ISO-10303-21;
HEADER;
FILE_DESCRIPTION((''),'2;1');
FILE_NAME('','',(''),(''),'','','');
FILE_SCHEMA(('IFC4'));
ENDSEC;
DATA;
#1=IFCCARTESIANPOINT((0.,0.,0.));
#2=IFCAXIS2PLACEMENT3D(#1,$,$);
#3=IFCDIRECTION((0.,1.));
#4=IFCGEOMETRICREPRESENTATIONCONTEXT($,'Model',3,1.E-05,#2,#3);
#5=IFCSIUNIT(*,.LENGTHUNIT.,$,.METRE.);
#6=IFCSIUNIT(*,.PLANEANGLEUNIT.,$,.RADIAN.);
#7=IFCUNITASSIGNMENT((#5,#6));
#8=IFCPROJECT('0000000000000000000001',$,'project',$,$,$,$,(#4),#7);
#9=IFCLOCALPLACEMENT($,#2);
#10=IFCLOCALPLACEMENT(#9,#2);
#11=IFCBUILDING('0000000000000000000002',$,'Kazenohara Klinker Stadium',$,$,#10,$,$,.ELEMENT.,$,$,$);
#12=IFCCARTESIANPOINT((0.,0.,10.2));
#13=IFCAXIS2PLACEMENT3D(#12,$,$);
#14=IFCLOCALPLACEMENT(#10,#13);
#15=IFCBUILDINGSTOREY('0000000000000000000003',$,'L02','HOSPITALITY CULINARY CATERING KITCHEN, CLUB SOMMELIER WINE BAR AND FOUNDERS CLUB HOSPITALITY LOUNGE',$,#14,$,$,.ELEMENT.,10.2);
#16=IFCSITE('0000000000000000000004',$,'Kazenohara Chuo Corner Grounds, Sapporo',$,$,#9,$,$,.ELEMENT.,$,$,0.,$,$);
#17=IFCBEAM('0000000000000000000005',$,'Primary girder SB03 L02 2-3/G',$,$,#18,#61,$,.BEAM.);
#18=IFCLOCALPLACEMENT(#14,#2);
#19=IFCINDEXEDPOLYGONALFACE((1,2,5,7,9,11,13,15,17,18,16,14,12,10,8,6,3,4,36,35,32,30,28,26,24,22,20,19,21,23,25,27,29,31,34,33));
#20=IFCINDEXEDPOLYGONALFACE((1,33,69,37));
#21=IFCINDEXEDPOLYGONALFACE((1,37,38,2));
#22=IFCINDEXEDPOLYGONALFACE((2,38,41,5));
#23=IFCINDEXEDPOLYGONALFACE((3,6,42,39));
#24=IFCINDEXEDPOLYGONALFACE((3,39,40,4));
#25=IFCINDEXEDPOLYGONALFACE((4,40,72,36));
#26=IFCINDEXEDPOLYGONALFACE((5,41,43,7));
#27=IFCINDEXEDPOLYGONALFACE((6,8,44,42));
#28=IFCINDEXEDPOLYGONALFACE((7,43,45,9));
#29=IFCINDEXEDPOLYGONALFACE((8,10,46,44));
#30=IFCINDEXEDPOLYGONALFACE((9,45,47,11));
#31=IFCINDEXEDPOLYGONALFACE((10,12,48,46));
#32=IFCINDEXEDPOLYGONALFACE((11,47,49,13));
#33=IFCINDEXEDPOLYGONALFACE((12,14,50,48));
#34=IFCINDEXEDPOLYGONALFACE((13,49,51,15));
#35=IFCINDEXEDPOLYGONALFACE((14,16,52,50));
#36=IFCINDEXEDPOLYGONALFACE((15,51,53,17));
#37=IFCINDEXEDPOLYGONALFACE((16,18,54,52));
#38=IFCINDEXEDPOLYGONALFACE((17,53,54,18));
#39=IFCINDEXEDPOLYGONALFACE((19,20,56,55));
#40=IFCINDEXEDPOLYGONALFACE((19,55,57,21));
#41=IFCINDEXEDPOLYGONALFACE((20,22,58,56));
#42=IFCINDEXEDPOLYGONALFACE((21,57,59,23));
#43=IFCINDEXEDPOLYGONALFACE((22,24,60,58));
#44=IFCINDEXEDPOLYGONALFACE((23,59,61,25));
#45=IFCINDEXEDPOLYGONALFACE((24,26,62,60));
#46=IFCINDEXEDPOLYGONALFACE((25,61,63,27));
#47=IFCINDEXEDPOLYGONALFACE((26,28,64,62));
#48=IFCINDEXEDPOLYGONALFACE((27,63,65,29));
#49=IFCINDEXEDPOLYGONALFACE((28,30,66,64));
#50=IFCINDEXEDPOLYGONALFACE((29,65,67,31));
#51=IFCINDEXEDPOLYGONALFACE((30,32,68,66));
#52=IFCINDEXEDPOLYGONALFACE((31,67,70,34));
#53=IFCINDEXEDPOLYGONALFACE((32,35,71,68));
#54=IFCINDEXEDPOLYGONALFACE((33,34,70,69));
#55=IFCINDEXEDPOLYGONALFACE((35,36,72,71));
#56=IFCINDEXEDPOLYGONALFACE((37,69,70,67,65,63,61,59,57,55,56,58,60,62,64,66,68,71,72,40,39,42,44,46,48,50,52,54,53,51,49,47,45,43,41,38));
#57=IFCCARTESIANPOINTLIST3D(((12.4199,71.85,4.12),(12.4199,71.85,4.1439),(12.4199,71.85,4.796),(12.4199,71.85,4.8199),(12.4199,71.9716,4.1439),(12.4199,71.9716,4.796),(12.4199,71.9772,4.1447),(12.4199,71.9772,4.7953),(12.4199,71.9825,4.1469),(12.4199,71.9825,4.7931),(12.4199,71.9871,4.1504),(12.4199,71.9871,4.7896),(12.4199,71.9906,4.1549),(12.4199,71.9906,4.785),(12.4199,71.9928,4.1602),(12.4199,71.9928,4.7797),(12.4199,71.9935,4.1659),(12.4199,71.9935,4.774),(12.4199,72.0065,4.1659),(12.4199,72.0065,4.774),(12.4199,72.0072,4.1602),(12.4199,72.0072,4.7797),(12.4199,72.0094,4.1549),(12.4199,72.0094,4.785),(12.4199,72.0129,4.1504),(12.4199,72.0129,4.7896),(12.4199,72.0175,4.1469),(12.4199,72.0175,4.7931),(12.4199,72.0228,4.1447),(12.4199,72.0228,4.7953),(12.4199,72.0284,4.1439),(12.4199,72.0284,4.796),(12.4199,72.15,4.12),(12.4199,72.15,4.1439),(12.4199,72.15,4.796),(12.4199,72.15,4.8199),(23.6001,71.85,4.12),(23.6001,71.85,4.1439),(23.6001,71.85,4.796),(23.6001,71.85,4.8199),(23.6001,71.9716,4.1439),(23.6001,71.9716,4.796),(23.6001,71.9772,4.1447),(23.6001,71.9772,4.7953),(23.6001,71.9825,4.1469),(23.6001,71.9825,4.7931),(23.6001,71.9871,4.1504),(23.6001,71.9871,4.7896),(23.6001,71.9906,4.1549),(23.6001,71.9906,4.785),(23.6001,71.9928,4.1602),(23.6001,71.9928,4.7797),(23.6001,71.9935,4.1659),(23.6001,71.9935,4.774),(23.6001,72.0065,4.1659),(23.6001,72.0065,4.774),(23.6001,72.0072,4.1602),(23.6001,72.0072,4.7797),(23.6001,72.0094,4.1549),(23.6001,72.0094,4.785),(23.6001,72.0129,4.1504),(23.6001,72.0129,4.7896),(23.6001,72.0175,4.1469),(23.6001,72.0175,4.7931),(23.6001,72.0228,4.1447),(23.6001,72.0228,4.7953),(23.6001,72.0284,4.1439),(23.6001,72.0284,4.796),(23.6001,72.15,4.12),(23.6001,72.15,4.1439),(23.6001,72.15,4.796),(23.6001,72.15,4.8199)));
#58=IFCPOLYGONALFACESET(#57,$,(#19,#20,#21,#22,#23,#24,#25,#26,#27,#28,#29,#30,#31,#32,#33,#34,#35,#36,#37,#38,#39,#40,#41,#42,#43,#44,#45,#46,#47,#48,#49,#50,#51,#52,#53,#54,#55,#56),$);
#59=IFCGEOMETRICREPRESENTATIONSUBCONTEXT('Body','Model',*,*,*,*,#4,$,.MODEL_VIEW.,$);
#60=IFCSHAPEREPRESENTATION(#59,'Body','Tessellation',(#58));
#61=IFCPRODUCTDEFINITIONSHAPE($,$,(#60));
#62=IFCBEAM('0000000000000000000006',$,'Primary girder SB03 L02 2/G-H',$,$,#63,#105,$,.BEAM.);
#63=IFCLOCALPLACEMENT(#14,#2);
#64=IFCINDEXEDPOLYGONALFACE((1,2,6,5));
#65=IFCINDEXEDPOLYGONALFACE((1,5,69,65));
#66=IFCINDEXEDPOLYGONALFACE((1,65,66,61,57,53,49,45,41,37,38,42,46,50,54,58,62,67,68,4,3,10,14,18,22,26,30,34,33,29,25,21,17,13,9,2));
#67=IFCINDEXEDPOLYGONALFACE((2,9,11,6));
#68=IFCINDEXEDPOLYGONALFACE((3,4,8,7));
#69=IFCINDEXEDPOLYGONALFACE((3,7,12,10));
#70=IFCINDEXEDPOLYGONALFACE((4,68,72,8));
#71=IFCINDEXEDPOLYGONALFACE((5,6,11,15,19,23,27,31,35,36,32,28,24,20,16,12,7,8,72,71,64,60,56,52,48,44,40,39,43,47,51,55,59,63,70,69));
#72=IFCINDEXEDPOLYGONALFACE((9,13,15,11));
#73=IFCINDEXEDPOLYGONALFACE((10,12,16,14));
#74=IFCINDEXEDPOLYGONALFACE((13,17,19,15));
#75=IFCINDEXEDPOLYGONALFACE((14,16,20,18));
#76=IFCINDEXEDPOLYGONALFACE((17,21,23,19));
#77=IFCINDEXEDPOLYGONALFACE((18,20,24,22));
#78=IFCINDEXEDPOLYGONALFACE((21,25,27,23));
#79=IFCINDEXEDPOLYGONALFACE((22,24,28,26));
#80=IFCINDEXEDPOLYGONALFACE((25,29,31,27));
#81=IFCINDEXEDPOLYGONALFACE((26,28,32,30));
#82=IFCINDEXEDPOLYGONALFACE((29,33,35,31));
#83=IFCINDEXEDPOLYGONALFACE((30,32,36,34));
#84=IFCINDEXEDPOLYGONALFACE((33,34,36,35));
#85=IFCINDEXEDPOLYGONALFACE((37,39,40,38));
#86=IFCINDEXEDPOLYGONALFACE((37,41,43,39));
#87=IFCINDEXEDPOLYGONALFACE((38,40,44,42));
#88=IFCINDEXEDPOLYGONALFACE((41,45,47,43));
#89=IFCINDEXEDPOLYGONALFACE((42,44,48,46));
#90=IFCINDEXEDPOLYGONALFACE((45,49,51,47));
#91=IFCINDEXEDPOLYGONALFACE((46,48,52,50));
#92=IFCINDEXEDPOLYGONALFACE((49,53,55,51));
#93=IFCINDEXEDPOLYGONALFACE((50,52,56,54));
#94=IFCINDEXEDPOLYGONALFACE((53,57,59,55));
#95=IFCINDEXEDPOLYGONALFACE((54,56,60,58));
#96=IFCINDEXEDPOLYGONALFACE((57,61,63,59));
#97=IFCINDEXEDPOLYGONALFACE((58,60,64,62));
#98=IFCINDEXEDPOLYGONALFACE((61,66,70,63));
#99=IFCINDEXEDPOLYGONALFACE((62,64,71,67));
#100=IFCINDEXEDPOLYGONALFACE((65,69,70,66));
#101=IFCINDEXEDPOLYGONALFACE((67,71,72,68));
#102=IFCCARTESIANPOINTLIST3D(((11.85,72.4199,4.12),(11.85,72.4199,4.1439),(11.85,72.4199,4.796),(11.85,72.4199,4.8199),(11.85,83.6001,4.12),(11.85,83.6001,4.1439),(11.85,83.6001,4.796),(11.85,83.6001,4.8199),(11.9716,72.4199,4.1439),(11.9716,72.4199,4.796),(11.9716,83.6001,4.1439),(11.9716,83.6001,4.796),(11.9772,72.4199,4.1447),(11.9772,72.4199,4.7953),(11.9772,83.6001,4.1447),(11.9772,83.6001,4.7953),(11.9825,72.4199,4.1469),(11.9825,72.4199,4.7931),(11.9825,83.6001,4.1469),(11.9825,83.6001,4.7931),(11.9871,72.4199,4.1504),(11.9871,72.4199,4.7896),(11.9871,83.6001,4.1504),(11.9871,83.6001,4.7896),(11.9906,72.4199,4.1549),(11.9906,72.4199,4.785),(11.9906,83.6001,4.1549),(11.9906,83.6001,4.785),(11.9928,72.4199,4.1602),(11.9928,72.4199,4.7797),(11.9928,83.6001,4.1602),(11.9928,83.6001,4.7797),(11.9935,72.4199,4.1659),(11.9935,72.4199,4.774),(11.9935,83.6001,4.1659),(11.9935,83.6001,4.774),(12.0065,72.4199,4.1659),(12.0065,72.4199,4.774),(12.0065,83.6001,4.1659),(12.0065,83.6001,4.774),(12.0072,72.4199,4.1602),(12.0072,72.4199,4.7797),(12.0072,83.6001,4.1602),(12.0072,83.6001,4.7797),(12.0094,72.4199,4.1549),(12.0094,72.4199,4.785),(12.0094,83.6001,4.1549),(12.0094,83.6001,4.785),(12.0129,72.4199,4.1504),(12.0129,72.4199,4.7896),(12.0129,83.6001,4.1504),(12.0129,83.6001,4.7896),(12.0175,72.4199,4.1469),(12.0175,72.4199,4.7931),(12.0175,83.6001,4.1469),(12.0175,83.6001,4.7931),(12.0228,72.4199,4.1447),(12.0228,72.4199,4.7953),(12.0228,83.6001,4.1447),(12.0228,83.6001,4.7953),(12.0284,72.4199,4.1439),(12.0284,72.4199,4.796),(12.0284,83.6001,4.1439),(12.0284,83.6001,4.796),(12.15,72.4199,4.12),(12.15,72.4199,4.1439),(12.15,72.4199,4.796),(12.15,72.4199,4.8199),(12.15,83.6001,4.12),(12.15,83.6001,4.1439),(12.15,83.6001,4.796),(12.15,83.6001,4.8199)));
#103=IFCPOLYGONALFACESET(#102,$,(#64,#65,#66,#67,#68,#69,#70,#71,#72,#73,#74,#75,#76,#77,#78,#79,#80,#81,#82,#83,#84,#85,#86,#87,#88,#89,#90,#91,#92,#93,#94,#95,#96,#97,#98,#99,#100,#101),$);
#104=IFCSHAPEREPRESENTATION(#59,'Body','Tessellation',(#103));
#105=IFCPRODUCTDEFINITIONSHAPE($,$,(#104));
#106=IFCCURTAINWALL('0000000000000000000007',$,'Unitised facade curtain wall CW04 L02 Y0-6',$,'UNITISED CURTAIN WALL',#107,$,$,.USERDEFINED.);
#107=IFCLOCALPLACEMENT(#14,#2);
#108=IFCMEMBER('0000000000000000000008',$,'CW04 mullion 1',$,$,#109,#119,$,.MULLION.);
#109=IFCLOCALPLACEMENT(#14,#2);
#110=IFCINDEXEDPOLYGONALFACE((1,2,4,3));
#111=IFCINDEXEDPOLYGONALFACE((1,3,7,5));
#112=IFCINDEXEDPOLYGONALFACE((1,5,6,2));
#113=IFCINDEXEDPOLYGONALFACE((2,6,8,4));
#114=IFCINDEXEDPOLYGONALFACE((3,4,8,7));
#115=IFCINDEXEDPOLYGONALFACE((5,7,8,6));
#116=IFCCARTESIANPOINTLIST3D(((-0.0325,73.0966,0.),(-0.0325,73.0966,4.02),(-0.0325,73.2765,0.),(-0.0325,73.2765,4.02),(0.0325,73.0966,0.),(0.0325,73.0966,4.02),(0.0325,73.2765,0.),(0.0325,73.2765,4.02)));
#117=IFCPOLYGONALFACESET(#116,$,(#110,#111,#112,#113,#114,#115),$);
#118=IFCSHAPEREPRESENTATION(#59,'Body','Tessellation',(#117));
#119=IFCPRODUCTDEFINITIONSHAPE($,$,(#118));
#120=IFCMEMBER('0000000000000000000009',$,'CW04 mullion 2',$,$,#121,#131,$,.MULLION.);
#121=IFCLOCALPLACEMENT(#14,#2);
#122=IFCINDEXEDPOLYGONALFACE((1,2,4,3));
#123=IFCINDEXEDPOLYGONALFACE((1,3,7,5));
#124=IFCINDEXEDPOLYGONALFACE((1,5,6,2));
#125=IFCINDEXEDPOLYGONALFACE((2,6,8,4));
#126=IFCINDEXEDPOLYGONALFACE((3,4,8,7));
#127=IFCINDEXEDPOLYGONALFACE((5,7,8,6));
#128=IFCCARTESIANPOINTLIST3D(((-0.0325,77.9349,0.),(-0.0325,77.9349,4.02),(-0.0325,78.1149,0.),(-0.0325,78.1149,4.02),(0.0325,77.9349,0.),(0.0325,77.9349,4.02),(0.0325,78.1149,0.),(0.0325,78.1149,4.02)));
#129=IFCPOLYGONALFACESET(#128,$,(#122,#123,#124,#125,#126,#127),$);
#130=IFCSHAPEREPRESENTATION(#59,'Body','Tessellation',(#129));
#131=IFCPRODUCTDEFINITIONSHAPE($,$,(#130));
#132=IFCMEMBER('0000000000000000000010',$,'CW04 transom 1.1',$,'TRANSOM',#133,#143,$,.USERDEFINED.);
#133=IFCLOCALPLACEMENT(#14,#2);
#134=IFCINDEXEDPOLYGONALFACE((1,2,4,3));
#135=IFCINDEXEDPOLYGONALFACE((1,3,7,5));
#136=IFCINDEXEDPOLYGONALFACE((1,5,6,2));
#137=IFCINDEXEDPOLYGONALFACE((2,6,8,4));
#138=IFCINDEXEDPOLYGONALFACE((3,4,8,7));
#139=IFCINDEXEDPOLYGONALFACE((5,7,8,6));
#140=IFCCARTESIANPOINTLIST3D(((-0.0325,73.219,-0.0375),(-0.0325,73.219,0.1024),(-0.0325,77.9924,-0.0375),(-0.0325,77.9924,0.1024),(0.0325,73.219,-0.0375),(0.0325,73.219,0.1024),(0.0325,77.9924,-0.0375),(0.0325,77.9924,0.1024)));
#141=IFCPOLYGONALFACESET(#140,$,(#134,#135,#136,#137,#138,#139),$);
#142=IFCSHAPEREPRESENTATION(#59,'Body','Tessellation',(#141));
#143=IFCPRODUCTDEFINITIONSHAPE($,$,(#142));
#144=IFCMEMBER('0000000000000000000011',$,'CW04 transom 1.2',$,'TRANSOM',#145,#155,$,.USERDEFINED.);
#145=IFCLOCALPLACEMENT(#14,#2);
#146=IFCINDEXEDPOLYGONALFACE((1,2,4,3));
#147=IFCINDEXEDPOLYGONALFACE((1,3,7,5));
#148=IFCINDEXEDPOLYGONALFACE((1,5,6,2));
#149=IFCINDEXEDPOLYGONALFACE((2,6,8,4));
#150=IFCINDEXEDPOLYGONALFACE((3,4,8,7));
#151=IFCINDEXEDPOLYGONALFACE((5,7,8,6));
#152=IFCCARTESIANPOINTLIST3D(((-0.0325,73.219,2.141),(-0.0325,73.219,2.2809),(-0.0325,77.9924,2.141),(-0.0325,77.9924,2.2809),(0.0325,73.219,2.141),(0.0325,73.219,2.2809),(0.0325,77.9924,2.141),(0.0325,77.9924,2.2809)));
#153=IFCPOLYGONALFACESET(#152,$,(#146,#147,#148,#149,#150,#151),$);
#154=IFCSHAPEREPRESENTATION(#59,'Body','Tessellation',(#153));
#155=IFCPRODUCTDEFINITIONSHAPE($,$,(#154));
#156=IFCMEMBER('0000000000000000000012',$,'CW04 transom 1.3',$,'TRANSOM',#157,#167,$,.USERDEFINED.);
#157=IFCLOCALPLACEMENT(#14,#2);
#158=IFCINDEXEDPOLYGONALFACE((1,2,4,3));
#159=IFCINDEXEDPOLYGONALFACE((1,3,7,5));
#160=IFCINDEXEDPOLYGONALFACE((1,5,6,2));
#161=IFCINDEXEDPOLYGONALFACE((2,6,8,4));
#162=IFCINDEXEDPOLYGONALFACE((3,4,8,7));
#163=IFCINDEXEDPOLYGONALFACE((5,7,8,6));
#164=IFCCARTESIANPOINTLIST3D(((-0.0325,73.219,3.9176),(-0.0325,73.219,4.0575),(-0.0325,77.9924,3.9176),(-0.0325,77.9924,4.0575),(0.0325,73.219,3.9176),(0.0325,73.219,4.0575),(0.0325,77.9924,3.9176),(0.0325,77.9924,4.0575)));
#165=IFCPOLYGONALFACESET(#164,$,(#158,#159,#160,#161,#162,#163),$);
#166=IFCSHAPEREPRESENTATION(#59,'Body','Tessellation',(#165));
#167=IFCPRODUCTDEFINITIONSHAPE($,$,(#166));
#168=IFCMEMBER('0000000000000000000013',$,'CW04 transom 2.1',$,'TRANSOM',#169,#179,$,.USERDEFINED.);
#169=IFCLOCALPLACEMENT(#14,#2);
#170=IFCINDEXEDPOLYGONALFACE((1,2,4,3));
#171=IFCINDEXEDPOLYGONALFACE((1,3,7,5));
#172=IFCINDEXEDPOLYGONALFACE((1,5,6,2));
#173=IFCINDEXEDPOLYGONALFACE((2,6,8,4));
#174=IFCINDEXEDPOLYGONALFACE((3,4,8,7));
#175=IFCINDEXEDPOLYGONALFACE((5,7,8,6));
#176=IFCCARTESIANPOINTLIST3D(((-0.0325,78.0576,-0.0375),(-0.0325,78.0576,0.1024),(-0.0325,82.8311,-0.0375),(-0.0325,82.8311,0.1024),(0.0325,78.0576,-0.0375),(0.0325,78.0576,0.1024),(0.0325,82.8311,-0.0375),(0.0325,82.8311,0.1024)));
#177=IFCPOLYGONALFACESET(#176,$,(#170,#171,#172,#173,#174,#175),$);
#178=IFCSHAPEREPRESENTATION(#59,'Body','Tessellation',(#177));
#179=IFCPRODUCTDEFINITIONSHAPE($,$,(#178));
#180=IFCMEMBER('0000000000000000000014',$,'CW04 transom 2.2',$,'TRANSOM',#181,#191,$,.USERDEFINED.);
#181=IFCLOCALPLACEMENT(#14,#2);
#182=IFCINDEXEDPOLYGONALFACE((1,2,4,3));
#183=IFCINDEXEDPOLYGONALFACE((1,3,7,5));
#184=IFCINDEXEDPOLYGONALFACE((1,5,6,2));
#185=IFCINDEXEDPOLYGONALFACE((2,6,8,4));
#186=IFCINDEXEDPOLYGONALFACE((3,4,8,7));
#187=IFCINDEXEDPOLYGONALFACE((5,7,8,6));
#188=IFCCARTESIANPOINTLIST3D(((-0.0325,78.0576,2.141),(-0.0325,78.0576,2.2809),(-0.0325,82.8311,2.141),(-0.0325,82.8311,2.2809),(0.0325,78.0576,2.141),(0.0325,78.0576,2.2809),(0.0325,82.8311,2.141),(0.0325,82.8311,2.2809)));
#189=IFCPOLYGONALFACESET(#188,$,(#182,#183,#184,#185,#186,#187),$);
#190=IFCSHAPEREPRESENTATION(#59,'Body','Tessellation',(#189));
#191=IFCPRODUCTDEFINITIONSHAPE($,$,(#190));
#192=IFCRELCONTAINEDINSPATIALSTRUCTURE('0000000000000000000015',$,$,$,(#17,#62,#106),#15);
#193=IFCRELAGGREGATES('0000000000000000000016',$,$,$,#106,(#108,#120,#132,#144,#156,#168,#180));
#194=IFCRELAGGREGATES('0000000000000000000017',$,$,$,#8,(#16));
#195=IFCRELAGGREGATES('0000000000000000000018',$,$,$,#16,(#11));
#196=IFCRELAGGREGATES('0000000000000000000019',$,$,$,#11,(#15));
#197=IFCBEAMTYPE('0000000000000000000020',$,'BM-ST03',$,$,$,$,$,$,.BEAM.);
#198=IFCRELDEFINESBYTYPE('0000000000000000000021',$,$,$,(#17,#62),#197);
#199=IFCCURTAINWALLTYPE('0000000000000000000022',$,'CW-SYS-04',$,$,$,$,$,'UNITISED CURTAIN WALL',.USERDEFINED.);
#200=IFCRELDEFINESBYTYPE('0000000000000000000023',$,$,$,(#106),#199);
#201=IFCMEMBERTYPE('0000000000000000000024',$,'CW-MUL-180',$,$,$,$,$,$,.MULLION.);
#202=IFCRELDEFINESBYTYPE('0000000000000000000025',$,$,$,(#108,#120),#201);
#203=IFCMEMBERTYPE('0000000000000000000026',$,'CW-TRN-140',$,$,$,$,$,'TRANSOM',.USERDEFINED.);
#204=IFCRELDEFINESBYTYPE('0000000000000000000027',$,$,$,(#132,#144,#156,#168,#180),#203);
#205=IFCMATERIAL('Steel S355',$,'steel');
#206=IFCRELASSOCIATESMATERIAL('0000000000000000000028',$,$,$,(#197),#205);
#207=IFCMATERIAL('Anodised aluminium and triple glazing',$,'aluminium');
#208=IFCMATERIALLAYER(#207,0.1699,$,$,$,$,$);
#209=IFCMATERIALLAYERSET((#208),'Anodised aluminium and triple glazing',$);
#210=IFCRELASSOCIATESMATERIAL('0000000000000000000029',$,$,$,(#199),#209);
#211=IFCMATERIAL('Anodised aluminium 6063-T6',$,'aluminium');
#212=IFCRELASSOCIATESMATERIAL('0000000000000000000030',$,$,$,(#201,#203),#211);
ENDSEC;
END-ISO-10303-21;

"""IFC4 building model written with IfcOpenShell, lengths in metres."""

from ifc_helpers import new_model, si_unit, direction, frame, origin, origin_2d, place, context, subcontext, project, spatial, rectangle, i_section, extrude, material, layer, layer_set, material_profile, profile_set, type_object, element, aggregate, save


model = new_model("IFC4")

# Units and contexts
model_context = context("Model", 3, precision=1e-05, world=origin(), true_north=direction((0.0, 1.0)))
body_context = subcontext(model_context, "Body", "Model", "MODEL_VIEW")
ifc_project = project(units=[si_unit("LENGTHUNIT", "METRE"), si_unit("PLANEANGLEUNIT", "RADIAN")], contexts=[model_context])

# Site, building, storey
site_placement = place(None, origin())
site = spatial("IfcSite", under=ifc_project, at=site_placement, Name="Kazenohara Chuo Corner Grounds, Sapporo", CompositionType="ELEMENT", RefElevation=0.0)
building_placement = place(site_placement, origin())
building = spatial("IfcBuilding", under=site, at=building_placement, Name="Kazenohara Klinker Stadium", CompositionType="ELEMENT")
storey_placement = place(building_placement, frame((0.0, 0.0, 10.2)))
storey = spatial("IfcBuildingStorey", under=building, at=storey_placement, Name="L02", Description="HOSPITALITY CULINARY CATERING KITCHEN, CLUB SOMMELIER WINE BAR AND FOUNDERS CLUB HOSPITALITY LOUNGE", CompositionType="ELEMENT", Elevation=10.2)

# Beams
ifc_material_1 = material(Name="Steel S355", Category="steel")
ifc_material_profile_1 = material_profile(ifc_material_1, i_section(OverallWidth=0.3, OverallDepth=0.7, WebThickness=0.0129, FlangeThickness=0.0239, FilletRadius=0.022, at=origin_2d()), Name="H-700x300x13x24")
ifc_profile_set_1 = profile_set([ifc_material_profile_1], Name="Steel S355")
beam_type_1 = type_object("IfcBeamType", Name="BM-ST03", PredefinedType="BEAM", material=ifc_profile_set_1)
for number, where, z_axis, x_axis, name in (
    (1, (12.4199, 72.0, 4.47), (1.0, 0.0, 0.0), (0.0, 1.0, 0.0), "Primary girder SB03 L02 2-3/G"),
    (2, (12.0, 72.4199, 4.47), (0.0, 1.0, 0.0), (-1.0, 0.0, 0.0), "Primary girder SB03 L02 2/G-H"),
):
    element("IfcBeam", number, at=place(storey_placement, frame(where, z_axis=z_axis, x_axis=x_axis)), inside=storey, type_object=beam_type_1, Name=name, PredefinedType="BEAM", context=body_context, shape_type="SweptSolid", body=[
        extrude(i_section(OverallWidth=0.3, OverallDepth=0.7, WebThickness=0.0129, FlangeThickness=0.0239, FilletRadius=0.022, at=origin_2d()), origin(), (0.0, 0.0, 1.0), 11.1802),
    ])

# Curtain wall, members
ifc_material_2 = material(Name="Anodised aluminium and triple glazing", Category="aluminium")
ifc_layer_1 = layer(ifc_material_2, 0.1699)
ifc_layer_set_1 = layer_set([ifc_layer_1], Name="Anodised aluminium and triple glazing")
curtain_wall_type = type_object("IfcCurtainWallType", Name="CW-SYS-04", ElementType="UNITISED CURTAIN WALL", PredefinedType="USERDEFINED", material=ifc_layer_set_1)
curtain_wall_placement = place(storey_placement, origin())
curtain_wall = element("IfcCurtainWall", 3, at=curtain_wall_placement, inside=storey, type_object=curtain_wall_type, Name="Unitised facade curtain wall CW04 L02 Y0-6", ObjectType="UNITISED CURTAIN WALL", PredefinedType="USERDEFINED")
ifc_material_3 = material(Name="Anodised aluminium 6063-T6", Category="aluminium")
ifc_material_profile_2 = material_profile(ifc_material_3, rectangle(XDim=0.0649, YDim=0.1799, at=origin_2d()), Name="ALU-MUL-65x180")
ifc_profile_set_2 = profile_set([ifc_material_profile_2], Name="Anodised aluminium 6063-T6")
member_type_1 = type_object("IfcMemberType", Name="CW-MUL-180", PredefinedType="MULLION", material=ifc_profile_set_2)
member_1_placement = place(storey_placement, frame((0.0, 73.1865, 0.0), z_axis=(0.0, 0.0, 1.0), x_axis=(-1.0, 0.0, 0.0)))
member_1 = element("IfcMember", 4, at=member_1_placement, type_object=member_type_1, Name="CW04 mullion 1", PredefinedType="MULLION", context=body_context, shape_type="SweptSolid", body=[
    extrude(rectangle(XDim=0.0649, YDim=0.1799, at=origin_2d()), origin(), (0.0, 0.0, 1.0), 4.02),
])
member_2_placement = place(storey_placement, frame((0.0, 78.0249, 0.0), z_axis=(0.0, 0.0, 1.0), x_axis=(-1.0, 0.0, 0.0)))
member_2 = element("IfcMember", 5, at=member_2_placement, type_object=member_type_1, Name="CW04 mullion 2", PredefinedType="MULLION", context=body_context, shape_type="SweptSolid", body=[
    extrude(rectangle(XDim=0.0649, YDim=0.1799, at=origin_2d()), origin(), (0.0, 0.0, 1.0), 4.02),
])
ifc_material_profile_3 = material_profile(ifc_material_3, rectangle(XDim=0.0649, YDim=0.1399, at=origin_2d()), Name="ALU-TRN-65x140")
ifc_profile_set_3 = profile_set([ifc_material_profile_3], Name="Anodised aluminium 6063-T6")
member_type_2 = type_object("IfcMemberType", Name="CW-TRN-140", ElementType="TRANSOM", PredefinedType="USERDEFINED", material=ifc_profile_set_3)
member_3_placement = place(storey_placement, frame((0.0, 73.219, 0.0325), z_axis=(0.0, 1.0, 0.0), x_axis=(-1.0, 0.0, 0.0)))
member_3 = element("IfcMember", 6, at=member_3_placement, type_object=member_type_2, Name="CW04 transom 1.1", ObjectType="TRANSOM", PredefinedType="USERDEFINED", context=body_context, shape_type="SweptSolid", body=[
    extrude(rectangle(XDim=0.0649, YDim=0.1399, at=origin_2d()), origin(), (0.0, 0.0, 1.0), 4.7734),
])
member_4_placement = place(storey_placement, frame((0.0, 73.219, 2.2109), z_axis=(0.0, 1.0, 0.0), x_axis=(-1.0, 0.0, 0.0)))
member_4 = element("IfcMember", 7, at=member_4_placement, type_object=member_type_2, Name="CW04 transom 1.2", ObjectType="TRANSOM", PredefinedType="USERDEFINED", context=body_context, shape_type="SweptSolid", body=[
    extrude(rectangle(XDim=0.0649, YDim=0.1399, at=origin_2d()), origin(), (0.0, 0.0, 1.0), 4.7734),
])
member_5_placement = place(storey_placement, frame((0.0, 73.219, 3.9875), z_axis=(0.0, 1.0, 0.0), x_axis=(-1.0, 0.0, 0.0)))
member_5 = element("IfcMember", 8, at=member_5_placement, type_object=member_type_2, Name="CW04 transom 1.3", ObjectType="TRANSOM", PredefinedType="USERDEFINED", context=body_context, shape_type="SweptSolid", body=[
    extrude(rectangle(XDim=0.0649, YDim=0.1399, at=origin_2d()), origin(), (0.0, 0.0, 1.0), 4.7734),
])
member_6_placement = place(storey_placement, frame((0.0, 78.0576, 0.0325), z_axis=(0.0, 1.0, 0.0), x_axis=(-1.0, 0.0, 0.0)))
member_6 = element("IfcMember", 9, at=member_6_placement, type_object=member_type_2, Name="CW04 transom 2.1", ObjectType="TRANSOM", PredefinedType="USERDEFINED", context=body_context, shape_type="SweptSolid", body=[
    extrude(rectangle(XDim=0.0649, YDim=0.1399, at=origin_2d()), origin(), (0.0, 0.0, 1.0), 4.7734),
])
member_7_placement = place(storey_placement, frame((0.0, 78.0576, 2.2109), z_axis=(0.0, 1.0, 0.0), x_axis=(-1.0, 0.0, 0.0)))
member_7 = element("IfcMember", 10, at=member_7_placement, type_object=member_type_2, Name="CW04 transom 2.2", ObjectType="TRANSOM", PredefinedType="USERDEFINED", context=body_context, shape_type="SweptSolid", body=[
    extrude(rectangle(XDim=0.0649, YDim=0.1399, at=origin_2d()), origin(), (0.0, 0.0, 1.0), 4.7734),
])
aggregate(curtain_wall, [member_1, member_2, member_3, member_4, member_5, member_6, member_7])

save(model, "model.ifc")
